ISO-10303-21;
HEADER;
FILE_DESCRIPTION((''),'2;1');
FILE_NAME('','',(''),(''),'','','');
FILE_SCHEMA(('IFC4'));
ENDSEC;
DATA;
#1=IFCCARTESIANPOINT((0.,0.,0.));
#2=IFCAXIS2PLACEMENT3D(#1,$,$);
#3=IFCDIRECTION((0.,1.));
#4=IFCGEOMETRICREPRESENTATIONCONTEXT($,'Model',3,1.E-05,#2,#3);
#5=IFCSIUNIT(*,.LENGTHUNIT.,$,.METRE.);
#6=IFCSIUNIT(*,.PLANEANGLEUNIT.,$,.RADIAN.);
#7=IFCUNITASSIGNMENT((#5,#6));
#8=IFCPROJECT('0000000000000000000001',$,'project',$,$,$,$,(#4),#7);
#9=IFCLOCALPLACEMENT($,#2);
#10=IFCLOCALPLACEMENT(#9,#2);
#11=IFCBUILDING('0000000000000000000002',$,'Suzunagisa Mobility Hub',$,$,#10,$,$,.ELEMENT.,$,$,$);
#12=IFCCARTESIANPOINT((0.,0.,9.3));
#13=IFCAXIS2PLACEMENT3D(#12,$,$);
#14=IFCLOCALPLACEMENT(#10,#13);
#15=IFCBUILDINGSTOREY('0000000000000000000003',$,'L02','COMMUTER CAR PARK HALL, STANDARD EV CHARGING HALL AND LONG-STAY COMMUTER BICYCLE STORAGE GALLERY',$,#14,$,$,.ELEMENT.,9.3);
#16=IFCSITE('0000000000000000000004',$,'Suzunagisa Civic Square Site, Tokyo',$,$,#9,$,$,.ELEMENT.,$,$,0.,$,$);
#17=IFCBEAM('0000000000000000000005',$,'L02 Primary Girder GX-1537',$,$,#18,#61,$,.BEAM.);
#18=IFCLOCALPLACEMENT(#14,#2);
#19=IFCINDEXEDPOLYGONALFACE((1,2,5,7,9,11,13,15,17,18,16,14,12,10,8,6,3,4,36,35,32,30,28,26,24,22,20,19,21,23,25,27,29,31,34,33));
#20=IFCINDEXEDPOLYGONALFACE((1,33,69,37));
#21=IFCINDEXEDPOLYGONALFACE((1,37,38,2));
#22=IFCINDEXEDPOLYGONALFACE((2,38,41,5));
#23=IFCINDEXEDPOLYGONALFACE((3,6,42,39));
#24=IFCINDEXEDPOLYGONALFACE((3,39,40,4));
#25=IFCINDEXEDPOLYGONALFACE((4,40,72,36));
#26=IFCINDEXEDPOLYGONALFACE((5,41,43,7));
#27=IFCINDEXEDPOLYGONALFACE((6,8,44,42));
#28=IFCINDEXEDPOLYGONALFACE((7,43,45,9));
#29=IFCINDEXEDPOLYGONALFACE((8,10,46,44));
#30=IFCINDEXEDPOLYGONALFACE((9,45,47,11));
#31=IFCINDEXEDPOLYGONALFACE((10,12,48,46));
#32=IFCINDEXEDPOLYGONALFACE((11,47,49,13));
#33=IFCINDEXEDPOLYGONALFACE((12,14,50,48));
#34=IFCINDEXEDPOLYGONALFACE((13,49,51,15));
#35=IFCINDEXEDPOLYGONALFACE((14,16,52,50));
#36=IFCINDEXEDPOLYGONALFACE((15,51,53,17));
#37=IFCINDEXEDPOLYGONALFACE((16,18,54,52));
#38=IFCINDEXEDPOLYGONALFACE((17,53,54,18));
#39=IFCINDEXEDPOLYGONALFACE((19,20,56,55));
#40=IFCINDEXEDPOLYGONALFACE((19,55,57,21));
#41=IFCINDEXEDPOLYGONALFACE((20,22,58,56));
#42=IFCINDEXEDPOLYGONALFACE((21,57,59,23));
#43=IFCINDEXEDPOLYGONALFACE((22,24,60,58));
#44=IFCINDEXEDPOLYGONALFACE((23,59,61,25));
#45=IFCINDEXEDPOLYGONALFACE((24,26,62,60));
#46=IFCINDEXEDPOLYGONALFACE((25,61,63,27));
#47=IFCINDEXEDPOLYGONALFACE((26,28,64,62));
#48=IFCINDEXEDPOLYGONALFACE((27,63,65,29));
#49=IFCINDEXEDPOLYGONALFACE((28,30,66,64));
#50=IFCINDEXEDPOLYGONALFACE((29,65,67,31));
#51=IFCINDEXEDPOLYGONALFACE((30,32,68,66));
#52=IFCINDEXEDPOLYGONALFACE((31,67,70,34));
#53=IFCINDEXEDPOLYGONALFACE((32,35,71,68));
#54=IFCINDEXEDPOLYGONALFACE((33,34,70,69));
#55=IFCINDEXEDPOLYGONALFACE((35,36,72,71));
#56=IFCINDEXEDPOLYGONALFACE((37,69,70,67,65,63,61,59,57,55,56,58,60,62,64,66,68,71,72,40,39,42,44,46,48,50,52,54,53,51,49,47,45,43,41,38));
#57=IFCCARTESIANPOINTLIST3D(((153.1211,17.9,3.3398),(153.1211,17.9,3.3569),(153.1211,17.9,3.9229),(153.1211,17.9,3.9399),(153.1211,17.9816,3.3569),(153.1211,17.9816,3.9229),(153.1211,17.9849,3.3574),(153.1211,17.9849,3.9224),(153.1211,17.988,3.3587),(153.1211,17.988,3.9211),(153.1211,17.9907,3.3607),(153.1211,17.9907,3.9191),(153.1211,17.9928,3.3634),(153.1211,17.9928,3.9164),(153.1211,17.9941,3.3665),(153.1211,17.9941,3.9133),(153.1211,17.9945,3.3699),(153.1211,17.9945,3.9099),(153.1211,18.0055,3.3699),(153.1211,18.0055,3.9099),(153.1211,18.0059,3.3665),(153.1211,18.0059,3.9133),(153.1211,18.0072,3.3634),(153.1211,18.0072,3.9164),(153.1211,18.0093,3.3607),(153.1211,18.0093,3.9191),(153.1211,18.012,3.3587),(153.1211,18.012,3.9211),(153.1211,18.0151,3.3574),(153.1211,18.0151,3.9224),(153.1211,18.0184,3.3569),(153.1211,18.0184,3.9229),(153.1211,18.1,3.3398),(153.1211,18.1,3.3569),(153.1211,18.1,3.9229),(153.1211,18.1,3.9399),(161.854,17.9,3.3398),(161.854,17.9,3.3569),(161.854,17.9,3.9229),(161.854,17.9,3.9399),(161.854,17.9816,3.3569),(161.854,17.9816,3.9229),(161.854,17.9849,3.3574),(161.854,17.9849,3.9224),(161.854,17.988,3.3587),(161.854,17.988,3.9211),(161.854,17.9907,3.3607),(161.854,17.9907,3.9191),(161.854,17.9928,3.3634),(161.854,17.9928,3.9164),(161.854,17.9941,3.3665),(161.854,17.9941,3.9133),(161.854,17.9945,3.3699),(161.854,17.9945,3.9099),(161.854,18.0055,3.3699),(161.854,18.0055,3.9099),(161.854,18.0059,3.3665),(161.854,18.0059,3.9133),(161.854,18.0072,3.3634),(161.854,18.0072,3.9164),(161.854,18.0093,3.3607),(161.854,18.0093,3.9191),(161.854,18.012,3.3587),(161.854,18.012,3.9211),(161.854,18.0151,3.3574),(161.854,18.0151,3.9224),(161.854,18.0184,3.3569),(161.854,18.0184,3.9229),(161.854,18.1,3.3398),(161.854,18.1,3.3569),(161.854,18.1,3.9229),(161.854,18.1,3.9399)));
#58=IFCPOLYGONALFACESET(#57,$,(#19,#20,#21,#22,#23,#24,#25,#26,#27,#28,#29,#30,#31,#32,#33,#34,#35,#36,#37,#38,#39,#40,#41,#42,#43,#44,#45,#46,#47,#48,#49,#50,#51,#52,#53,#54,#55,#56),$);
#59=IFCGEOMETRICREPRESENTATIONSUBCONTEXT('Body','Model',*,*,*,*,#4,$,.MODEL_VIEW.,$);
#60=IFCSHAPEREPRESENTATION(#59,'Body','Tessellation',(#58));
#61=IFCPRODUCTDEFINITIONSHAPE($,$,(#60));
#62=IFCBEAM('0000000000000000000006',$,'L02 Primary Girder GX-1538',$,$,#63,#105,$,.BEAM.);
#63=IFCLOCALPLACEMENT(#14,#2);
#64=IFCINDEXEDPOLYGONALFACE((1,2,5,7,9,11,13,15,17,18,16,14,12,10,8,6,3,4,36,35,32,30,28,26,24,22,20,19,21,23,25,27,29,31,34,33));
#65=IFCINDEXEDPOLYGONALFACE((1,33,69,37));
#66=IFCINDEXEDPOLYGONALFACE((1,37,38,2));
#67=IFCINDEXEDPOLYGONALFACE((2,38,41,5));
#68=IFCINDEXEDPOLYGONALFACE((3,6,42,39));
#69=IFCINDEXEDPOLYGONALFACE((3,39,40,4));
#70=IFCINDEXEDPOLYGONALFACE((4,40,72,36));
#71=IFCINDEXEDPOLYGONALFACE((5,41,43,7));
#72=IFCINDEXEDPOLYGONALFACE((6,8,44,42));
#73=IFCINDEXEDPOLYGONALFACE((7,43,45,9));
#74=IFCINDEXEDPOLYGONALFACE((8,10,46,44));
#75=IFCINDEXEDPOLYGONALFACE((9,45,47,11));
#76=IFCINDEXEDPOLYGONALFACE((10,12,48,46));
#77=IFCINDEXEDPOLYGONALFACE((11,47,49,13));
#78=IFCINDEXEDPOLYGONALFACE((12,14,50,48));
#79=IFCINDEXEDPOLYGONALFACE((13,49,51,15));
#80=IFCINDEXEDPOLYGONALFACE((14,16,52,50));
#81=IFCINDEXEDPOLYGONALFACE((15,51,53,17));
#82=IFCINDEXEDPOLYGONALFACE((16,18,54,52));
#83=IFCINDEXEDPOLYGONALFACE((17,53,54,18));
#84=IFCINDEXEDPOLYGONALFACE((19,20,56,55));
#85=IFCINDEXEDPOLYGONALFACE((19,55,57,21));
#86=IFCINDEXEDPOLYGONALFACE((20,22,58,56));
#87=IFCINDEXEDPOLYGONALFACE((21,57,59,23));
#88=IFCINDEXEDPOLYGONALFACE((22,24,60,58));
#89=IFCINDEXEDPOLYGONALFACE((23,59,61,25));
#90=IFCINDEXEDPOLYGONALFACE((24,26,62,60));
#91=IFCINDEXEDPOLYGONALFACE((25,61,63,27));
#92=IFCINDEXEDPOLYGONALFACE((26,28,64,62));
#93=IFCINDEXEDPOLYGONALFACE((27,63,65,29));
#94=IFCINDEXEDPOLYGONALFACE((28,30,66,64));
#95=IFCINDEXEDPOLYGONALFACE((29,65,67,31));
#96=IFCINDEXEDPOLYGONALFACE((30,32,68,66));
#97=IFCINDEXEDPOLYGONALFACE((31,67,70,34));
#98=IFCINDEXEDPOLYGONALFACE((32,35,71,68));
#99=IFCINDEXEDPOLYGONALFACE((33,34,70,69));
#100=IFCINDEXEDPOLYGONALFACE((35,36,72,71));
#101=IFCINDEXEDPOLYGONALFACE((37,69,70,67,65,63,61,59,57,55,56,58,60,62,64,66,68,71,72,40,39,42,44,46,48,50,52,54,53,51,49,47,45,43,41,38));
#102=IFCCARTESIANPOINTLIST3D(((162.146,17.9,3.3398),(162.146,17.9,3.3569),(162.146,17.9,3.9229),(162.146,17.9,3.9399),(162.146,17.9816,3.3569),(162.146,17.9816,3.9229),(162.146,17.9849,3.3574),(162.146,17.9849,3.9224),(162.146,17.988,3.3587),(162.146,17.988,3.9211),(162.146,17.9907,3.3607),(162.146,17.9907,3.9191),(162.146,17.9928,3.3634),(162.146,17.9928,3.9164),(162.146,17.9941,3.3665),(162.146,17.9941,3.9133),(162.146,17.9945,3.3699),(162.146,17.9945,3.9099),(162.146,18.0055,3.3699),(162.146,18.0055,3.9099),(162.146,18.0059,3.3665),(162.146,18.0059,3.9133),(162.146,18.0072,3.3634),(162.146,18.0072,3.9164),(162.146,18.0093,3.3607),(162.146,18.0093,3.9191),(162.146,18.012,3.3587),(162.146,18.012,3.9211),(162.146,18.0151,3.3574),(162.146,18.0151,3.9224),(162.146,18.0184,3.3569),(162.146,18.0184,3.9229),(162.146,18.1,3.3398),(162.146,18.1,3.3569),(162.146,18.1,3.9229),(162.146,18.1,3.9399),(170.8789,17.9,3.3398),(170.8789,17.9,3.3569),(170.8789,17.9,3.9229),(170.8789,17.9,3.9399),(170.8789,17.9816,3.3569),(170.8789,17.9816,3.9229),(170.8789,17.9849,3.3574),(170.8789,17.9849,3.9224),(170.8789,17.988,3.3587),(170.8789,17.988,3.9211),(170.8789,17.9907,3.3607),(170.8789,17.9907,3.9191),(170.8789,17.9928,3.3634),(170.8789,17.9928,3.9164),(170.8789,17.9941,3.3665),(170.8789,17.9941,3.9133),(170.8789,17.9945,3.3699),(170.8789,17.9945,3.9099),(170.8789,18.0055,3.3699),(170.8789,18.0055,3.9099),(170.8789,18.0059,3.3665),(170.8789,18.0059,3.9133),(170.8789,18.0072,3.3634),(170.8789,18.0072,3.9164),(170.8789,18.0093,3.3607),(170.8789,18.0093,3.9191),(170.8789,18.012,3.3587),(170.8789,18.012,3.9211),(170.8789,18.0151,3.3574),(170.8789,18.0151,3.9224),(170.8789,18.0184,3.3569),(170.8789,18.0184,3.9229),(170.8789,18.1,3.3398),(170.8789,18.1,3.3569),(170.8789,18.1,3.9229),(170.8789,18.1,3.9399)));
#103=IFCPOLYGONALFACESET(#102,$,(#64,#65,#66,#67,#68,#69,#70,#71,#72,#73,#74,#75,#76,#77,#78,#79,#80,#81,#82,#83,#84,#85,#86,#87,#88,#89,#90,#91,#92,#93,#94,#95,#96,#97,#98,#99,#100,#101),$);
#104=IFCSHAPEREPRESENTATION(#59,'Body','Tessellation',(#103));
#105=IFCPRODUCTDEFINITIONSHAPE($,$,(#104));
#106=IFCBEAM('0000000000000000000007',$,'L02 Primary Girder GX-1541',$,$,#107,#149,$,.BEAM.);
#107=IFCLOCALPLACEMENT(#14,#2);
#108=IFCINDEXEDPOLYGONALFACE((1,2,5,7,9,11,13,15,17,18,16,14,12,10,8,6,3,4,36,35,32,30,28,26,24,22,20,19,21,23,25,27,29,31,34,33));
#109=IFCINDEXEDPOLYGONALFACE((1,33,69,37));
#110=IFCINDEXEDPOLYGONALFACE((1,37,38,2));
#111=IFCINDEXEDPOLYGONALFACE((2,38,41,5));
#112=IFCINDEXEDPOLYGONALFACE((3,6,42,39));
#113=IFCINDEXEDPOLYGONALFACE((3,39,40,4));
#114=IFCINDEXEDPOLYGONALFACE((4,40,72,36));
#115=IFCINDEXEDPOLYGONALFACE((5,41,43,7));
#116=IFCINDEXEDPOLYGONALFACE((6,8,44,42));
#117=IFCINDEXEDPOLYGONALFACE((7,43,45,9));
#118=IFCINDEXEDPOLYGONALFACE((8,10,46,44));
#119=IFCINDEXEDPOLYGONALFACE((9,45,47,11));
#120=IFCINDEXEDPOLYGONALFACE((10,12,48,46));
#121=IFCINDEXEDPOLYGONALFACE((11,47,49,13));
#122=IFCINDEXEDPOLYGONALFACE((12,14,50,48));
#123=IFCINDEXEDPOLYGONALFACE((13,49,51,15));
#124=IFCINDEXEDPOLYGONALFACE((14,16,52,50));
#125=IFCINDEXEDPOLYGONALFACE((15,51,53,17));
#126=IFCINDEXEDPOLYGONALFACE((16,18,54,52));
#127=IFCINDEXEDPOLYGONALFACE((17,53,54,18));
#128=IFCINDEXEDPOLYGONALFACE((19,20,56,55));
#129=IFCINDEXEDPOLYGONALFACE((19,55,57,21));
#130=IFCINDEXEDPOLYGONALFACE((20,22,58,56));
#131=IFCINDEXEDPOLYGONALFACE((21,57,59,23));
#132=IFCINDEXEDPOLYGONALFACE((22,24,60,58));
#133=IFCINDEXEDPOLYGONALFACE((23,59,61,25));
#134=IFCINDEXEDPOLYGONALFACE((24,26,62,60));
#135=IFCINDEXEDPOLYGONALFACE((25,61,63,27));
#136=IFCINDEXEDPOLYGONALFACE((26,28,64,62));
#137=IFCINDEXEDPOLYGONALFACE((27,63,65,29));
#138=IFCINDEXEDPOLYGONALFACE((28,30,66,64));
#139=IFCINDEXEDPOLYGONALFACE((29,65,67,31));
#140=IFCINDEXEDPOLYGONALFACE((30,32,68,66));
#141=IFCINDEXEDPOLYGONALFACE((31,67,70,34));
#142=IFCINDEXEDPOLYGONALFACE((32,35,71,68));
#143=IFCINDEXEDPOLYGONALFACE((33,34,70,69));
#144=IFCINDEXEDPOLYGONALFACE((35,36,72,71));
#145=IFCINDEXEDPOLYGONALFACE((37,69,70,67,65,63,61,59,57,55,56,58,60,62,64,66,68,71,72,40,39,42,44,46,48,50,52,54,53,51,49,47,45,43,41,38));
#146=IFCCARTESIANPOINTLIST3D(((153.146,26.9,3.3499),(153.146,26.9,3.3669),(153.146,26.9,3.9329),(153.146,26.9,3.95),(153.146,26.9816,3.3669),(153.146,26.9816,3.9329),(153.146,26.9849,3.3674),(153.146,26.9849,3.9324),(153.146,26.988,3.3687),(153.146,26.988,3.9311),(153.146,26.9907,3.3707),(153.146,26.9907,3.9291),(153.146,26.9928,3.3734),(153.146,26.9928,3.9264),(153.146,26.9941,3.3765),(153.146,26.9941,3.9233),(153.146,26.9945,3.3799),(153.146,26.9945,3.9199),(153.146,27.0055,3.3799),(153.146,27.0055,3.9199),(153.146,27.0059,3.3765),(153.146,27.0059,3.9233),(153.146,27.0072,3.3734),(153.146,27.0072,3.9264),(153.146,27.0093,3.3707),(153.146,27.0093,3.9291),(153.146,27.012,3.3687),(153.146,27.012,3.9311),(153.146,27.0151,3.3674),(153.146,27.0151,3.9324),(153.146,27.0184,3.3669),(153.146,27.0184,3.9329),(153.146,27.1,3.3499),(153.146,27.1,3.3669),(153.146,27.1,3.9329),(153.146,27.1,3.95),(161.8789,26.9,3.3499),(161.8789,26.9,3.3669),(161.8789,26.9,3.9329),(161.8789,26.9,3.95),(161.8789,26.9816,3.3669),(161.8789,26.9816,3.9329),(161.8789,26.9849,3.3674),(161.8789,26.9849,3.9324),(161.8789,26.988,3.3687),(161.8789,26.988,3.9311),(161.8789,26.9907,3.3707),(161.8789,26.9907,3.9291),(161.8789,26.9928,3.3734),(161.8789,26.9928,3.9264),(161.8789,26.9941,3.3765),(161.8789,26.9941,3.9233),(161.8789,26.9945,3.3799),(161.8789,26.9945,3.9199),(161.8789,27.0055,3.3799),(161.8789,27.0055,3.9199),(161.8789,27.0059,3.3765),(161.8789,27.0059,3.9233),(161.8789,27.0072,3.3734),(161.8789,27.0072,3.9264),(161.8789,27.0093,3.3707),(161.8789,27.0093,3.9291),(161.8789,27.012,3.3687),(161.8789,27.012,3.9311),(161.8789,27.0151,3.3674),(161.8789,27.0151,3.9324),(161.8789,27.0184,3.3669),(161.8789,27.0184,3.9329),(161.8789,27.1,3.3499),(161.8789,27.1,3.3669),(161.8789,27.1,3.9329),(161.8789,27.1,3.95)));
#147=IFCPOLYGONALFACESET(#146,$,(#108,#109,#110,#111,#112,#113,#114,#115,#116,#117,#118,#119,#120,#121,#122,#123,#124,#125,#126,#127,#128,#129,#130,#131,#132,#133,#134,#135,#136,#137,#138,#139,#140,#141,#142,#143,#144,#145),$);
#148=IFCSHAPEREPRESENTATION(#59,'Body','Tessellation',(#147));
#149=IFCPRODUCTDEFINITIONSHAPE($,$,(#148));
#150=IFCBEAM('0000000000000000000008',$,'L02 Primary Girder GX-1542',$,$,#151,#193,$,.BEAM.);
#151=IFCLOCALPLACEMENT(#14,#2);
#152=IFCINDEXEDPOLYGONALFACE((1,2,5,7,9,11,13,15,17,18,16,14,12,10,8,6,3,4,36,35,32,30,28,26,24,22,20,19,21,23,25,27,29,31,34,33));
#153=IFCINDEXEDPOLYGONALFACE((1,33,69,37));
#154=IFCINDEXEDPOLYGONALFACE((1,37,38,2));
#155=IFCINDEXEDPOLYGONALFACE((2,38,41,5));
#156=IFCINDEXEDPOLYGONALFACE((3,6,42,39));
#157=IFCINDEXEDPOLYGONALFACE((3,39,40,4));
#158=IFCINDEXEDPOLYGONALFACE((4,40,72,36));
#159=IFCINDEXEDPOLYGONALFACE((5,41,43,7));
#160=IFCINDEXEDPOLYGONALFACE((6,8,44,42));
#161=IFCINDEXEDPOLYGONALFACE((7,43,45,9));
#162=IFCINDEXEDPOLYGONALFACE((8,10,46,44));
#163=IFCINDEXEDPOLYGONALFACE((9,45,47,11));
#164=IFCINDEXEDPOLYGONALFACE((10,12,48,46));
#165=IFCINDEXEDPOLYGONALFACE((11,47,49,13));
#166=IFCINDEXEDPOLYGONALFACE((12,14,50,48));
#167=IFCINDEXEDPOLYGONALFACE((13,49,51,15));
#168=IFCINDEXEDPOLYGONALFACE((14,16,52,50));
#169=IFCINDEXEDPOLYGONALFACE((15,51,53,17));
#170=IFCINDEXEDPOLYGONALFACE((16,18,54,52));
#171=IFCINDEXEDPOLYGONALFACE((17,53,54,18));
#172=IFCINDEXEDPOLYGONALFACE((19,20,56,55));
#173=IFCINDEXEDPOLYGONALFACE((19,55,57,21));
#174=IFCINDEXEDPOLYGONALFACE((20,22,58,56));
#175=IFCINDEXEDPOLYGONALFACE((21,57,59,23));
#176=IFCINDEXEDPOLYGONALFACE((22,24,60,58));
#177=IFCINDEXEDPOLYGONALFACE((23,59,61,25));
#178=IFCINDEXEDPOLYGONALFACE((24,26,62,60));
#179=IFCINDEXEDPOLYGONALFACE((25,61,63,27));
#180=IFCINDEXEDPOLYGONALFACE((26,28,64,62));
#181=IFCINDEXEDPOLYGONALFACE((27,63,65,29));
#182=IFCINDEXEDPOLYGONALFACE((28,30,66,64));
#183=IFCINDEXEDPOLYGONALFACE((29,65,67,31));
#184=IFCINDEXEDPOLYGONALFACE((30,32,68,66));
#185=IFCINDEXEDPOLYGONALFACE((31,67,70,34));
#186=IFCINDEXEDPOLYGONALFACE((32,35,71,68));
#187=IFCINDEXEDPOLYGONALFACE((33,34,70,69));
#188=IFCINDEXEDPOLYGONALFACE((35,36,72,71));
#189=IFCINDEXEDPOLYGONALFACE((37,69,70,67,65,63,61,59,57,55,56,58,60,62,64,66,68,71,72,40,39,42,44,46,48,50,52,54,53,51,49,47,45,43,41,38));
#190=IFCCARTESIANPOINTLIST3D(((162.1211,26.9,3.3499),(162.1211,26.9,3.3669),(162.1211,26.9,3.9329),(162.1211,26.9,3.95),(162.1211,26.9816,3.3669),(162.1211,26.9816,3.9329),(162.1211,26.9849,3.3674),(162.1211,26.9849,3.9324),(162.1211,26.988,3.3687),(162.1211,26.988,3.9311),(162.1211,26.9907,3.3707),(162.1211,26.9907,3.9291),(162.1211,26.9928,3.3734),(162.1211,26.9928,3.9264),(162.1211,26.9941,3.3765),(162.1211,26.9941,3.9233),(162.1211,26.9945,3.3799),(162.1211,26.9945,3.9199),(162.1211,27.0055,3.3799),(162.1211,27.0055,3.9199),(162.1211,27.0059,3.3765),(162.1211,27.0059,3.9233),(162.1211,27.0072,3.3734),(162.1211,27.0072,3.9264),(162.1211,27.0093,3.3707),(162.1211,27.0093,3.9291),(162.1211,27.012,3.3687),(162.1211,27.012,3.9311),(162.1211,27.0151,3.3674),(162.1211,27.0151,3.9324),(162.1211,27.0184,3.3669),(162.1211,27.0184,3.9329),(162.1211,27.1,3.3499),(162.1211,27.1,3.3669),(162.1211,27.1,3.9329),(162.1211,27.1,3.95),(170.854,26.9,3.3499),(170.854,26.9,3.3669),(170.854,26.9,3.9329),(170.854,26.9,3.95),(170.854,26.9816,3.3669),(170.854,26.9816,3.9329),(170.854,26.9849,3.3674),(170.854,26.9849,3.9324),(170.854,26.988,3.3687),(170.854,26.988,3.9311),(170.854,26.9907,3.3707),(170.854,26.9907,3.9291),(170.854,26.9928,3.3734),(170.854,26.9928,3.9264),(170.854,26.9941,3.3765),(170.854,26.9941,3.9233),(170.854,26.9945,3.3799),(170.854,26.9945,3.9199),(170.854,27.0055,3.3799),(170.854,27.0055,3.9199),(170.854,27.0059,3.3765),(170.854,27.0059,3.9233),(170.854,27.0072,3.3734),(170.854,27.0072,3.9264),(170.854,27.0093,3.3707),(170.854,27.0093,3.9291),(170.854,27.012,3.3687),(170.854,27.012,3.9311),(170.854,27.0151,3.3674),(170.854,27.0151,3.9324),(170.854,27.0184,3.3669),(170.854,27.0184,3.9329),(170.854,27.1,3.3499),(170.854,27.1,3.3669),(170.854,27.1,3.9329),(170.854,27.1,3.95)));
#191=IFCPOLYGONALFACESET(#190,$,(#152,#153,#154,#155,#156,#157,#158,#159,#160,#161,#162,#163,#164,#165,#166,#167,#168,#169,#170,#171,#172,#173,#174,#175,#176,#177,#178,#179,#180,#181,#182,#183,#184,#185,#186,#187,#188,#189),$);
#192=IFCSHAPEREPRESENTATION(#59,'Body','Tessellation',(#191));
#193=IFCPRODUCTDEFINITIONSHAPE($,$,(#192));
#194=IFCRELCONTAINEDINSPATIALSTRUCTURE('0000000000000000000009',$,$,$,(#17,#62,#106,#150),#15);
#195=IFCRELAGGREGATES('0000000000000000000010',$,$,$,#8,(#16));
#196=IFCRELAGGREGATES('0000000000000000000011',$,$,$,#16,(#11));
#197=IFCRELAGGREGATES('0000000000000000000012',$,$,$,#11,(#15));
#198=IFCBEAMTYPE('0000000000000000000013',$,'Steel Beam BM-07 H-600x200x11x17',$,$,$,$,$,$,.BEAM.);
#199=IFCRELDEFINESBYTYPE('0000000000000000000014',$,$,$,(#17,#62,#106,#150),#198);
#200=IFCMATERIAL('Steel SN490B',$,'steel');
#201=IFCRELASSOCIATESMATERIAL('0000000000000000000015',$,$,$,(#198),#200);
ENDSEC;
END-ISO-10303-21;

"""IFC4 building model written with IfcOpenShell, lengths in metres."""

from ifc_helpers import new_model, si_unit, direction, frame, origin, origin_2d, place, context, subcontext, project, spatial, i_section, extrude, material, material_profile, profile_set, type_object, element, save


model = new_model("IFC4")

# Units and contexts
model_context = context("Model", 3, precision=1e-05, world=origin(), true_north=direction((0.0, 1.0)))
body_context = subcontext(model_context, "Body", "Model", "MODEL_VIEW")
ifc_project = project(units=[si_unit("LENGTHUNIT", "METRE"), si_unit("PLANEANGLEUNIT", "RADIAN")], contexts=[model_context])

# Site, building, storey
site_placement = place(None, origin())
site = spatial("IfcSite", under=ifc_project, at=site_placement, Name="Suzunagisa Civic Square Site, Tokyo", CompositionType="ELEMENT", RefElevation=0.0)
building_placement = place(site_placement, origin())
building = spatial("IfcBuilding", under=site, at=building_placement, Name="Suzunagisa Mobility Hub", CompositionType="ELEMENT")
storey_placement = place(building_placement, frame((0.0, 0.0, 9.3)))
storey = spatial("IfcBuildingStorey", under=building, at=storey_placement, Name="L02", Description="COMMUTER CAR PARK HALL, STANDARD EV CHARGING HALL AND LONG-STAY COMMUTER BICYCLE STORAGE GALLERY", CompositionType="ELEMENT", Elevation=9.3)

# Shared definitions
ifc_material_1 = material(Name="Steel SN490B", Category="steel")

# Beams
ifc_material_profile_1 = material_profile(ifc_material_1, i_section(OverallWidth=0.2, OverallDepth=0.6001, WebThickness=0.011, FlangeThickness=0.0171, FilletRadius=0.0129, at=origin_2d()), Name="H-600x200x11x17")
ifc_profile_set_1 = profile_set([ifc_material_profile_1], Name="Steel SN490B")
beam_type_1 = type_object("IfcBeamType", Name="Steel Beam BM-07 H-600x200x11x17", PredefinedType="BEAM", material=ifc_profile_set_1)
for number, where, z_axis, x_axis, name in (
    (1, (153.1211, 18.0, 3.6399), (1.0, 0.0, 0.0), (0.0, 1.0, 0.0), "L02 Primary Girder GX-1537"),
    (2, (162.146, 18.0, 3.6399), (1.0, 0.0, 0.0), (0.0, 1.0, 0.0), "L02 Primary Girder GX-1538"),
    (3, (153.146, 27.0, 3.6499), (1.0, 0.0, 0.0), (0.0, 1.0, 0.0), "L02 Primary Girder GX-1541"),
    (4, (162.1211, 27.0, 3.6499), (1.0, 0.0, 0.0), (0.0, 1.0, 0.0), "L02 Primary Girder GX-1542"),
):
    element("IfcBeam", number, at=place(storey_placement, frame(where, z_axis=z_axis, x_axis=x_axis)), inside=storey, type_object=beam_type_1, Name=name, PredefinedType="BEAM", context=body_context, shape_type="SweptSolid", body=[
        extrude(i_section(OverallWidth=0.2, OverallDepth=0.6001, WebThickness=0.011, FlangeThickness=0.0171, FilletRadius=0.0129, at=origin_2d()), origin(), (0.0, 0.0, 1.0), 8.7329),
    ])

save(model, "model.ifc")
